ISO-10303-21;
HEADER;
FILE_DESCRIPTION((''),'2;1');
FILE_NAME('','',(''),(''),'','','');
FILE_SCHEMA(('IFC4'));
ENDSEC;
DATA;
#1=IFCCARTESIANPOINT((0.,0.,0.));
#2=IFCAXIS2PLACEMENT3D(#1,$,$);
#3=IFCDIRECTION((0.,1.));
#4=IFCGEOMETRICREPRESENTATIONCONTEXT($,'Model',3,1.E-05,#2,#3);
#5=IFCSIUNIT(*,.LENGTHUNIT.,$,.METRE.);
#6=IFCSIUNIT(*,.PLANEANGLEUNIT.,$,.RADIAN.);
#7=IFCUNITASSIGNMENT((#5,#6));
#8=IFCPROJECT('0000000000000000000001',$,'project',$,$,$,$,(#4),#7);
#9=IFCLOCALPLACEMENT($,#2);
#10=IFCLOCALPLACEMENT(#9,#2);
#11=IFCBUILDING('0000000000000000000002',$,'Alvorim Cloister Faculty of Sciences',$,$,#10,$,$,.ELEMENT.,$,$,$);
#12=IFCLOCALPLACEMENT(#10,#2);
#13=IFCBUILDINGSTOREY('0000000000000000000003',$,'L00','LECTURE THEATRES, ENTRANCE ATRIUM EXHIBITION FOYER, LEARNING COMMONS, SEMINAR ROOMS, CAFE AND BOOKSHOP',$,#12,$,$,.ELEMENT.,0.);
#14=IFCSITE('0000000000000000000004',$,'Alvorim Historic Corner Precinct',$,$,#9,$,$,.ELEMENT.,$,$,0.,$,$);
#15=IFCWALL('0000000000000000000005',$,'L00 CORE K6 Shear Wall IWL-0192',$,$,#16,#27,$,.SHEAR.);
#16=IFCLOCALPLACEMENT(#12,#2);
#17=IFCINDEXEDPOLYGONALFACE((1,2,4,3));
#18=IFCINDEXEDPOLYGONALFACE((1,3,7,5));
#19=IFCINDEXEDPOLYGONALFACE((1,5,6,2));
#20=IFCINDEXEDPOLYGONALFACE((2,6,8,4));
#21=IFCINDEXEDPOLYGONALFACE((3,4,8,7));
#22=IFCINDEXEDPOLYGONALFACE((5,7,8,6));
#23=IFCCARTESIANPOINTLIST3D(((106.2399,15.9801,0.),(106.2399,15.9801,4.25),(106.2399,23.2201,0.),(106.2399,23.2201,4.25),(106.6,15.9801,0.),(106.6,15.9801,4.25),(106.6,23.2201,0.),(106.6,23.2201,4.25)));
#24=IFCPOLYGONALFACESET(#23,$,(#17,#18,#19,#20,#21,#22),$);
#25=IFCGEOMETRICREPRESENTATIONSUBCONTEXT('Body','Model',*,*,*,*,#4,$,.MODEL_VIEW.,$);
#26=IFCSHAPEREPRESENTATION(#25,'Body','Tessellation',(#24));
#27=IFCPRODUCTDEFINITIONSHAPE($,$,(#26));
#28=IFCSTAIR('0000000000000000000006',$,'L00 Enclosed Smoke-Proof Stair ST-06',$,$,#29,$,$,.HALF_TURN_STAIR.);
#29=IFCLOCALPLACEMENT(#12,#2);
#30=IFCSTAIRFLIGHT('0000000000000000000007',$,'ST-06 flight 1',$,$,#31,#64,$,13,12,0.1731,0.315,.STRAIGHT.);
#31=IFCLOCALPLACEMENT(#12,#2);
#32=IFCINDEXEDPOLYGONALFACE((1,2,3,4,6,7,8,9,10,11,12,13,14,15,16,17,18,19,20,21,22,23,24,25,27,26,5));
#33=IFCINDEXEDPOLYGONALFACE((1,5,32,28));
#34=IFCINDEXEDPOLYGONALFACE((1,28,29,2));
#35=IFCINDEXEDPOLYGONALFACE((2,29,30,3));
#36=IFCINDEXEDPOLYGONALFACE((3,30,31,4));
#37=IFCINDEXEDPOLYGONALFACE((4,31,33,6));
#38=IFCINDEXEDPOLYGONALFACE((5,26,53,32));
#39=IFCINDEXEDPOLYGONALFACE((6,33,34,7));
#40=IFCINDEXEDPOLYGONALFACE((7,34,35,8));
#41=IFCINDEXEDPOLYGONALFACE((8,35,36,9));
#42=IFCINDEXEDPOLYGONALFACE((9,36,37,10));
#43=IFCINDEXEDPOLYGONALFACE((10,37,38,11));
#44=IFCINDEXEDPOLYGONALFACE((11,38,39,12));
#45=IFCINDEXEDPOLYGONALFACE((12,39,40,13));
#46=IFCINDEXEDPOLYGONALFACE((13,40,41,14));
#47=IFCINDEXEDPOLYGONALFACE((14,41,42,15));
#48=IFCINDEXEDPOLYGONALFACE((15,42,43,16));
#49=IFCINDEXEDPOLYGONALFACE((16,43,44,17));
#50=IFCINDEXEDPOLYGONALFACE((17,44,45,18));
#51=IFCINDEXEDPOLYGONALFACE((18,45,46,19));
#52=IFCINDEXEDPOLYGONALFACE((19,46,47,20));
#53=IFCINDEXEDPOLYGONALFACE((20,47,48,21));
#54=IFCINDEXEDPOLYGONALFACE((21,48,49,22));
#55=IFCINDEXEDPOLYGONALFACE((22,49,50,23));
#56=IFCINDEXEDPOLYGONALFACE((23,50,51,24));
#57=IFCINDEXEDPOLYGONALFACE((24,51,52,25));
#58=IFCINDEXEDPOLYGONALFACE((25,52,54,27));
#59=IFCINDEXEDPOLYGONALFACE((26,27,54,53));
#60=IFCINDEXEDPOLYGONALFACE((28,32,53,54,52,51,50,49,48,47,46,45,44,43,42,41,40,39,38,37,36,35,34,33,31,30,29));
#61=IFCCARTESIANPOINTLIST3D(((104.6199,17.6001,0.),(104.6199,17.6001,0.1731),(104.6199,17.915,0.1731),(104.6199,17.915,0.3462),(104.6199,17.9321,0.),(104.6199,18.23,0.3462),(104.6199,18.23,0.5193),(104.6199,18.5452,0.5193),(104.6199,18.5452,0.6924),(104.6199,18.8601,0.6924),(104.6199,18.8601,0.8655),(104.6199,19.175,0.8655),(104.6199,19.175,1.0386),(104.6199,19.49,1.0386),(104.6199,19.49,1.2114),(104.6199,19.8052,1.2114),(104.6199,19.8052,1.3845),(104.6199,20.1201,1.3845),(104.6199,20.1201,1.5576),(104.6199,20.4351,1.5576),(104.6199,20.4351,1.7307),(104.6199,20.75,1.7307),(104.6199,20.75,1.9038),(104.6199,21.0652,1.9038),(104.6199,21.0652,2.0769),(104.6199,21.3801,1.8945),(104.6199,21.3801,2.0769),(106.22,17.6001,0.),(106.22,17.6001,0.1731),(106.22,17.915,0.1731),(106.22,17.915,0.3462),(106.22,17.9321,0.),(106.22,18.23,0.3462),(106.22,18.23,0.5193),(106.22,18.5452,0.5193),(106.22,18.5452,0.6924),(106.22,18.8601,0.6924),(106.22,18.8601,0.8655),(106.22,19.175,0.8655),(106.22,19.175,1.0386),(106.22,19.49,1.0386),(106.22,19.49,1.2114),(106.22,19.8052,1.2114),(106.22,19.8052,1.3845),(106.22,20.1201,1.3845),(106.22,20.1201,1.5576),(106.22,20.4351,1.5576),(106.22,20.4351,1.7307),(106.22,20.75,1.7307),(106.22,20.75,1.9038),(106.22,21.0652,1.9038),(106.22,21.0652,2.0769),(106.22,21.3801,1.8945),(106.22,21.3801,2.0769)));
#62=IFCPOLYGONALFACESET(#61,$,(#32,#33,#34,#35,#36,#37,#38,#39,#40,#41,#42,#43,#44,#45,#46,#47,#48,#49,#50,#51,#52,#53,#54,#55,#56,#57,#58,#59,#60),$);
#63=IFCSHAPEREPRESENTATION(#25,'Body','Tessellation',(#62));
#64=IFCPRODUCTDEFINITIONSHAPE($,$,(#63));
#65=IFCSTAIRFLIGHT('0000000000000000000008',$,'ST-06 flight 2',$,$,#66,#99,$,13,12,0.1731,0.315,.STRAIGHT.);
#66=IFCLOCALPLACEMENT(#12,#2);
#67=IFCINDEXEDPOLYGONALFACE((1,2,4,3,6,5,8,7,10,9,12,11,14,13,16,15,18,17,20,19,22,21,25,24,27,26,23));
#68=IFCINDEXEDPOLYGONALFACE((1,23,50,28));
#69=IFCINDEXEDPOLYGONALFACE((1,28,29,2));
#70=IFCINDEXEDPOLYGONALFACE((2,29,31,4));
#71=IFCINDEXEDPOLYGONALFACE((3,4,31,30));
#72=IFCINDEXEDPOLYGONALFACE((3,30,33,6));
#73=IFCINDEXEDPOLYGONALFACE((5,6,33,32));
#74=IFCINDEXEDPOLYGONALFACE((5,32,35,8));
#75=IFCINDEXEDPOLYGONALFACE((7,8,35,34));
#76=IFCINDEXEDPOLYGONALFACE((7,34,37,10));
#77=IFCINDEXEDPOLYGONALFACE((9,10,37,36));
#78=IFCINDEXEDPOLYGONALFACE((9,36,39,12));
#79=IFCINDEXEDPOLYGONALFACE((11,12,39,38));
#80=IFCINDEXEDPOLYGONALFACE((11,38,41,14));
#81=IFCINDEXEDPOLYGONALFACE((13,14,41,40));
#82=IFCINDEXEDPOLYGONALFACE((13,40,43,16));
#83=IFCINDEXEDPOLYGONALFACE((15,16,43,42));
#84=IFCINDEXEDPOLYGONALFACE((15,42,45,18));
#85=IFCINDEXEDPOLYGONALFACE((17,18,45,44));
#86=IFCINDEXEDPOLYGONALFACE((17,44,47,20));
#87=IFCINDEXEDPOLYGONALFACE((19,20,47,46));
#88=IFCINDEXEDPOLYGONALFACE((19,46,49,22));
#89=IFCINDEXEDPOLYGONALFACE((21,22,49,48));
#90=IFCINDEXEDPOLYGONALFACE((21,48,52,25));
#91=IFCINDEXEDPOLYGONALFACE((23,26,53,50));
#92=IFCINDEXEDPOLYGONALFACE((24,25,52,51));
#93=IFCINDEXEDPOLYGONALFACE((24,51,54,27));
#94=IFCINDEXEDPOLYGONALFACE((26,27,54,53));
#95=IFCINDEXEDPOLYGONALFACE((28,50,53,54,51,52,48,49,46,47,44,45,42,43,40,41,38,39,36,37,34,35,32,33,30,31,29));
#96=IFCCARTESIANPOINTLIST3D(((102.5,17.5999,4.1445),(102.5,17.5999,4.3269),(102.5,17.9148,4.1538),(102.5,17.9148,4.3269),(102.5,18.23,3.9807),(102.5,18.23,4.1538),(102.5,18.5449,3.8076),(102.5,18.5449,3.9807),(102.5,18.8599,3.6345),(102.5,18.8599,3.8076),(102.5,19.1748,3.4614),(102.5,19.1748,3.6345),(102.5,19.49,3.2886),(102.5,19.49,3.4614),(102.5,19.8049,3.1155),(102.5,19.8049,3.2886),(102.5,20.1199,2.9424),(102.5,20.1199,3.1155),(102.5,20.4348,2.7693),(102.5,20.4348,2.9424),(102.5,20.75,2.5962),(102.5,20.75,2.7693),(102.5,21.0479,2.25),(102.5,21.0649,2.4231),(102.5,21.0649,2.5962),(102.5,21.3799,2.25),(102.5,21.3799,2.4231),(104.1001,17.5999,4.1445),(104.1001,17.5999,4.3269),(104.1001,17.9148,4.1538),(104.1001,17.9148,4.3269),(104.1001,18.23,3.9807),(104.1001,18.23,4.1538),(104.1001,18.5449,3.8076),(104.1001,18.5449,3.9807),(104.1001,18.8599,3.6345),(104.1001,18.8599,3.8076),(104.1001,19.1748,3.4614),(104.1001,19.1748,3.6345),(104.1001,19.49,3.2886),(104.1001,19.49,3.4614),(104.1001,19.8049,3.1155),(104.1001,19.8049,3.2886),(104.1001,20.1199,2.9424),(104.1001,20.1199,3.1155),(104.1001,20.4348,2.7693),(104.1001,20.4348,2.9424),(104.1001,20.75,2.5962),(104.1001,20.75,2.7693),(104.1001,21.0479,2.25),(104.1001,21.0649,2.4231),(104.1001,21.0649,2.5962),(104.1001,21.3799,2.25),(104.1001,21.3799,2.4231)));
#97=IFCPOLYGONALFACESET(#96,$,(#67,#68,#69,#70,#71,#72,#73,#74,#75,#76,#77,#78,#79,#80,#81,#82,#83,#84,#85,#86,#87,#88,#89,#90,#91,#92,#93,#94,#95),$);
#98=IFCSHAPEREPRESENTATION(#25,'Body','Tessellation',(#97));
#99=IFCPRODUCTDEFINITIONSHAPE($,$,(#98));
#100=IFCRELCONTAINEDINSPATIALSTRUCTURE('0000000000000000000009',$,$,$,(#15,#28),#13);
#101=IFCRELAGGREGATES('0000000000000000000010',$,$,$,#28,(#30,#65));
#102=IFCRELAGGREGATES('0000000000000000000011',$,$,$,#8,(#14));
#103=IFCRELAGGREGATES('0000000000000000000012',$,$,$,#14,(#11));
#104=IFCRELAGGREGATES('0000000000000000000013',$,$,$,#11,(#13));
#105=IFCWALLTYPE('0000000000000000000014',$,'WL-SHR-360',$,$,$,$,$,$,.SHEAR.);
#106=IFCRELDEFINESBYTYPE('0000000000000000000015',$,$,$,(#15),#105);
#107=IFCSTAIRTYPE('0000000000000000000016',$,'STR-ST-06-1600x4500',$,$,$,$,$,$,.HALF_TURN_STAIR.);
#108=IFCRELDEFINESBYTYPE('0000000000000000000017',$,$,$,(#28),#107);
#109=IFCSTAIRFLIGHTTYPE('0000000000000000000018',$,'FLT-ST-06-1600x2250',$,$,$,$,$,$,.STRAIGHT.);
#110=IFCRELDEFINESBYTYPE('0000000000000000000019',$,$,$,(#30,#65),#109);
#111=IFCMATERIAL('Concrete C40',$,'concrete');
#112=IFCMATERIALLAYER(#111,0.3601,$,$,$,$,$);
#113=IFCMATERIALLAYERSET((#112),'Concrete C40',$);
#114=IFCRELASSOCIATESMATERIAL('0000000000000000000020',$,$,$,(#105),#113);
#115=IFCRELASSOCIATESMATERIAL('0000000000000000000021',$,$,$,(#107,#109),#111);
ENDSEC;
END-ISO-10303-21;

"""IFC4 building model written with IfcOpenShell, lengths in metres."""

from ifc_helpers import new_model, si_unit, direction, frame, frame_2d, origin, place, context, subcontext, project, spatial, polyline, rectangle, outline, extrude, material, layer, layer_set, type_object, element, aggregate, save


model = new_model("IFC4")

# Units and contexts
model_context = context("Model", 3, precision=1e-05, world=origin(), true_north=direction((0.0, 1.0)))
body_context = subcontext(model_context, "Body", "Model", "MODEL_VIEW")
ifc_project = project(units=[si_unit("LENGTHUNIT", "METRE"), si_unit("PLANEANGLEUNIT", "RADIAN")], contexts=[model_context])

# Site, building, storey
site_placement = place(None, origin())
site = spatial("IfcSite", under=ifc_project, at=site_placement, Name="Alvorim Historic Corner Precinct", CompositionType="ELEMENT", RefElevation=0.0)
building_placement = place(site_placement, origin())
building = spatial("IfcBuilding", under=site, at=building_placement, Name="Alvorim Cloister Faculty of Sciences", CompositionType="ELEMENT")
storey_placement = place(building_placement, origin())
storey = spatial("IfcBuildingStorey", under=building, at=storey_placement, Name="L00", Description="LECTURE THEATRES, ENTRANCE ATRIUM EXHIBITION FOYER, LEARNING COMMONS, SEMINAR ROOMS, CAFE AND BOOKSHOP", CompositionType="ELEMENT", Elevation=0.0)

# Shared definitions
ifc_material_1 = material(Name="Concrete C40", Category="concrete")

# Wall
ifc_layer_1 = layer(ifc_material_1, 0.3601)
ifc_layer_set_1 = layer_set([ifc_layer_1], Name="Concrete C40")
wall_type_1 = type_object("IfcWallType", Name="WL-SHR-360", PredefinedType="SHEAR", material=ifc_layer_set_1)
wall_1_placement = place(storey_placement, frame((106.4199, 15.98, 0.0), z_axis=(0.0, 0.0, 1.0), x_axis=(0.0, 1.0, 0.0)))
element("IfcWall", 1, at=wall_1_placement, inside=storey, type_object=wall_type_1, Name="L00 CORE K6 Shear Wall IWL-0192", PredefinedType="SHEAR", context=body_context, shape_type="SweptSolid", body=[
    extrude(rectangle(XDim=7.24, YDim=0.3601, at=frame_2d((3.6201, 0.0))), origin(), (0.0, 0.0, 1.0), 4.25),
])

# Stair, stair flights
stair_type = type_object("IfcStairType", Name="STR-ST-06-1600x4500", PredefinedType="HALF_TURN_STAIR", material=ifc_material_1)
stair_placement = place(storey_placement, origin())
stair = element("IfcStair", 2, at=stair_placement, inside=storey, type_object=stair_type, Name="L00 Enclosed Smoke-Proof Stair ST-06", PredefinedType="HALF_TURN_STAIR")
stair_flight_type = type_object("IfcStairFlightType", Name="FLT-ST-06-1600x2250", PredefinedType="STRAIGHT", material=ifc_material_1)
stair_flight_1_placement = place(storey_placement, frame((105.4199, 17.6001, 0.0), z_axis=(0.0, 0.0, 1.0), x_axis=(0.0, 1.0, 0.0)))
stair_flight_1 = element("IfcStairFlight", 3, at=stair_flight_1_placement, type_object=stair_flight_type, Name="ST-06 flight 1", NumberOfRisers=13, NumberOfTreads=12, PredefinedType="STRAIGHT", RiserHeight=0.1731, TreadLength=0.315, context=body_context, shape_type="SweptSolid", body=[
    extrude(outline(polyline([(0.332, 0.0), (3.78, 1.8945), (3.78, 2.25), (3.78, 2.0769), (3.4651, 2.0769), (3.4651, 1.9038), (3.1499, 1.9038), (3.1499, 1.7307), (2.835, 1.7307), (2.835, 1.5576), (2.52, 1.5576), (2.52, 1.3845), (2.2051, 1.3845), (2.2051, 1.2114), (1.8899, 1.2114), (1.8899, 1.0386), (1.575, 1.0386), (1.575, 0.8655), (1.26, 0.8655), (1.26, 0.6924), (0.9451, 0.6924), (0.9451, 0.5193), (0.6299, 0.5193), (0.6299, 0.3462), (0.3149, 0.3462), (0.3149, 0.1731), (0.0, 0.1731), (0.0, 0.0), (0.332, 0.0)])), frame((0.0, 0.8, 0.0), z_axis=(0.0, -1.0, 0.0), x_axis=(1.0, 0.0, 0.0)), (0.0, 0.0, 1.0), 1.6001),
])
stair_flight_2_placement = place(storey_placement, frame((103.3, 21.3799, 2.25), z_axis=(0.0, 0.0, 1.0), x_axis=(0.0, -1.0, 0.0)))
stair_flight_2 = element("IfcStairFlight", 4, at=stair_flight_2_placement, type_object=stair_flight_type, Name="ST-06 flight 2", NumberOfRisers=13, NumberOfTreads=12, PredefinedType="STRAIGHT", RiserHeight=0.1731, TreadLength=0.315, context=body_context, shape_type="SweptSolid", body=[
    extrude(outline(polyline([(0.332, 0.0), (3.78, 1.8945), (3.78, 2.25), (3.78, 2.0769), (3.4651, 2.0769), (3.4651, 1.9038), (3.1499, 1.9038), (3.1499, 1.7307), (2.835, 1.7307), (2.835, 1.5576), (2.52, 1.5576), (2.52, 1.3845), (2.2051, 1.3845), (2.2051, 1.2114), (1.8899, 1.2114), (1.8899, 1.0386), (1.575, 1.0386), (1.575, 0.8655), (1.26, 0.8655), (1.26, 0.6924), (0.9451, 0.6924), (0.9451, 0.5193), (0.6299, 0.5193), (0.6299, 0.3462), (0.3149, 0.3462), (0.3149, 0.1731), (0.0, 0.1731), (0.0, 0.0), (0.332, 0.0)])), frame((0.0, 0.8, 0.0), z_axis=(0.0, -1.0, 0.0), x_axis=(1.0, 0.0, 0.0)), (0.0, 0.0, 1.0), 1.6001),
])
aggregate(stair, [stair_flight_1, stair_flight_2])

save(model, "model.ifc")
